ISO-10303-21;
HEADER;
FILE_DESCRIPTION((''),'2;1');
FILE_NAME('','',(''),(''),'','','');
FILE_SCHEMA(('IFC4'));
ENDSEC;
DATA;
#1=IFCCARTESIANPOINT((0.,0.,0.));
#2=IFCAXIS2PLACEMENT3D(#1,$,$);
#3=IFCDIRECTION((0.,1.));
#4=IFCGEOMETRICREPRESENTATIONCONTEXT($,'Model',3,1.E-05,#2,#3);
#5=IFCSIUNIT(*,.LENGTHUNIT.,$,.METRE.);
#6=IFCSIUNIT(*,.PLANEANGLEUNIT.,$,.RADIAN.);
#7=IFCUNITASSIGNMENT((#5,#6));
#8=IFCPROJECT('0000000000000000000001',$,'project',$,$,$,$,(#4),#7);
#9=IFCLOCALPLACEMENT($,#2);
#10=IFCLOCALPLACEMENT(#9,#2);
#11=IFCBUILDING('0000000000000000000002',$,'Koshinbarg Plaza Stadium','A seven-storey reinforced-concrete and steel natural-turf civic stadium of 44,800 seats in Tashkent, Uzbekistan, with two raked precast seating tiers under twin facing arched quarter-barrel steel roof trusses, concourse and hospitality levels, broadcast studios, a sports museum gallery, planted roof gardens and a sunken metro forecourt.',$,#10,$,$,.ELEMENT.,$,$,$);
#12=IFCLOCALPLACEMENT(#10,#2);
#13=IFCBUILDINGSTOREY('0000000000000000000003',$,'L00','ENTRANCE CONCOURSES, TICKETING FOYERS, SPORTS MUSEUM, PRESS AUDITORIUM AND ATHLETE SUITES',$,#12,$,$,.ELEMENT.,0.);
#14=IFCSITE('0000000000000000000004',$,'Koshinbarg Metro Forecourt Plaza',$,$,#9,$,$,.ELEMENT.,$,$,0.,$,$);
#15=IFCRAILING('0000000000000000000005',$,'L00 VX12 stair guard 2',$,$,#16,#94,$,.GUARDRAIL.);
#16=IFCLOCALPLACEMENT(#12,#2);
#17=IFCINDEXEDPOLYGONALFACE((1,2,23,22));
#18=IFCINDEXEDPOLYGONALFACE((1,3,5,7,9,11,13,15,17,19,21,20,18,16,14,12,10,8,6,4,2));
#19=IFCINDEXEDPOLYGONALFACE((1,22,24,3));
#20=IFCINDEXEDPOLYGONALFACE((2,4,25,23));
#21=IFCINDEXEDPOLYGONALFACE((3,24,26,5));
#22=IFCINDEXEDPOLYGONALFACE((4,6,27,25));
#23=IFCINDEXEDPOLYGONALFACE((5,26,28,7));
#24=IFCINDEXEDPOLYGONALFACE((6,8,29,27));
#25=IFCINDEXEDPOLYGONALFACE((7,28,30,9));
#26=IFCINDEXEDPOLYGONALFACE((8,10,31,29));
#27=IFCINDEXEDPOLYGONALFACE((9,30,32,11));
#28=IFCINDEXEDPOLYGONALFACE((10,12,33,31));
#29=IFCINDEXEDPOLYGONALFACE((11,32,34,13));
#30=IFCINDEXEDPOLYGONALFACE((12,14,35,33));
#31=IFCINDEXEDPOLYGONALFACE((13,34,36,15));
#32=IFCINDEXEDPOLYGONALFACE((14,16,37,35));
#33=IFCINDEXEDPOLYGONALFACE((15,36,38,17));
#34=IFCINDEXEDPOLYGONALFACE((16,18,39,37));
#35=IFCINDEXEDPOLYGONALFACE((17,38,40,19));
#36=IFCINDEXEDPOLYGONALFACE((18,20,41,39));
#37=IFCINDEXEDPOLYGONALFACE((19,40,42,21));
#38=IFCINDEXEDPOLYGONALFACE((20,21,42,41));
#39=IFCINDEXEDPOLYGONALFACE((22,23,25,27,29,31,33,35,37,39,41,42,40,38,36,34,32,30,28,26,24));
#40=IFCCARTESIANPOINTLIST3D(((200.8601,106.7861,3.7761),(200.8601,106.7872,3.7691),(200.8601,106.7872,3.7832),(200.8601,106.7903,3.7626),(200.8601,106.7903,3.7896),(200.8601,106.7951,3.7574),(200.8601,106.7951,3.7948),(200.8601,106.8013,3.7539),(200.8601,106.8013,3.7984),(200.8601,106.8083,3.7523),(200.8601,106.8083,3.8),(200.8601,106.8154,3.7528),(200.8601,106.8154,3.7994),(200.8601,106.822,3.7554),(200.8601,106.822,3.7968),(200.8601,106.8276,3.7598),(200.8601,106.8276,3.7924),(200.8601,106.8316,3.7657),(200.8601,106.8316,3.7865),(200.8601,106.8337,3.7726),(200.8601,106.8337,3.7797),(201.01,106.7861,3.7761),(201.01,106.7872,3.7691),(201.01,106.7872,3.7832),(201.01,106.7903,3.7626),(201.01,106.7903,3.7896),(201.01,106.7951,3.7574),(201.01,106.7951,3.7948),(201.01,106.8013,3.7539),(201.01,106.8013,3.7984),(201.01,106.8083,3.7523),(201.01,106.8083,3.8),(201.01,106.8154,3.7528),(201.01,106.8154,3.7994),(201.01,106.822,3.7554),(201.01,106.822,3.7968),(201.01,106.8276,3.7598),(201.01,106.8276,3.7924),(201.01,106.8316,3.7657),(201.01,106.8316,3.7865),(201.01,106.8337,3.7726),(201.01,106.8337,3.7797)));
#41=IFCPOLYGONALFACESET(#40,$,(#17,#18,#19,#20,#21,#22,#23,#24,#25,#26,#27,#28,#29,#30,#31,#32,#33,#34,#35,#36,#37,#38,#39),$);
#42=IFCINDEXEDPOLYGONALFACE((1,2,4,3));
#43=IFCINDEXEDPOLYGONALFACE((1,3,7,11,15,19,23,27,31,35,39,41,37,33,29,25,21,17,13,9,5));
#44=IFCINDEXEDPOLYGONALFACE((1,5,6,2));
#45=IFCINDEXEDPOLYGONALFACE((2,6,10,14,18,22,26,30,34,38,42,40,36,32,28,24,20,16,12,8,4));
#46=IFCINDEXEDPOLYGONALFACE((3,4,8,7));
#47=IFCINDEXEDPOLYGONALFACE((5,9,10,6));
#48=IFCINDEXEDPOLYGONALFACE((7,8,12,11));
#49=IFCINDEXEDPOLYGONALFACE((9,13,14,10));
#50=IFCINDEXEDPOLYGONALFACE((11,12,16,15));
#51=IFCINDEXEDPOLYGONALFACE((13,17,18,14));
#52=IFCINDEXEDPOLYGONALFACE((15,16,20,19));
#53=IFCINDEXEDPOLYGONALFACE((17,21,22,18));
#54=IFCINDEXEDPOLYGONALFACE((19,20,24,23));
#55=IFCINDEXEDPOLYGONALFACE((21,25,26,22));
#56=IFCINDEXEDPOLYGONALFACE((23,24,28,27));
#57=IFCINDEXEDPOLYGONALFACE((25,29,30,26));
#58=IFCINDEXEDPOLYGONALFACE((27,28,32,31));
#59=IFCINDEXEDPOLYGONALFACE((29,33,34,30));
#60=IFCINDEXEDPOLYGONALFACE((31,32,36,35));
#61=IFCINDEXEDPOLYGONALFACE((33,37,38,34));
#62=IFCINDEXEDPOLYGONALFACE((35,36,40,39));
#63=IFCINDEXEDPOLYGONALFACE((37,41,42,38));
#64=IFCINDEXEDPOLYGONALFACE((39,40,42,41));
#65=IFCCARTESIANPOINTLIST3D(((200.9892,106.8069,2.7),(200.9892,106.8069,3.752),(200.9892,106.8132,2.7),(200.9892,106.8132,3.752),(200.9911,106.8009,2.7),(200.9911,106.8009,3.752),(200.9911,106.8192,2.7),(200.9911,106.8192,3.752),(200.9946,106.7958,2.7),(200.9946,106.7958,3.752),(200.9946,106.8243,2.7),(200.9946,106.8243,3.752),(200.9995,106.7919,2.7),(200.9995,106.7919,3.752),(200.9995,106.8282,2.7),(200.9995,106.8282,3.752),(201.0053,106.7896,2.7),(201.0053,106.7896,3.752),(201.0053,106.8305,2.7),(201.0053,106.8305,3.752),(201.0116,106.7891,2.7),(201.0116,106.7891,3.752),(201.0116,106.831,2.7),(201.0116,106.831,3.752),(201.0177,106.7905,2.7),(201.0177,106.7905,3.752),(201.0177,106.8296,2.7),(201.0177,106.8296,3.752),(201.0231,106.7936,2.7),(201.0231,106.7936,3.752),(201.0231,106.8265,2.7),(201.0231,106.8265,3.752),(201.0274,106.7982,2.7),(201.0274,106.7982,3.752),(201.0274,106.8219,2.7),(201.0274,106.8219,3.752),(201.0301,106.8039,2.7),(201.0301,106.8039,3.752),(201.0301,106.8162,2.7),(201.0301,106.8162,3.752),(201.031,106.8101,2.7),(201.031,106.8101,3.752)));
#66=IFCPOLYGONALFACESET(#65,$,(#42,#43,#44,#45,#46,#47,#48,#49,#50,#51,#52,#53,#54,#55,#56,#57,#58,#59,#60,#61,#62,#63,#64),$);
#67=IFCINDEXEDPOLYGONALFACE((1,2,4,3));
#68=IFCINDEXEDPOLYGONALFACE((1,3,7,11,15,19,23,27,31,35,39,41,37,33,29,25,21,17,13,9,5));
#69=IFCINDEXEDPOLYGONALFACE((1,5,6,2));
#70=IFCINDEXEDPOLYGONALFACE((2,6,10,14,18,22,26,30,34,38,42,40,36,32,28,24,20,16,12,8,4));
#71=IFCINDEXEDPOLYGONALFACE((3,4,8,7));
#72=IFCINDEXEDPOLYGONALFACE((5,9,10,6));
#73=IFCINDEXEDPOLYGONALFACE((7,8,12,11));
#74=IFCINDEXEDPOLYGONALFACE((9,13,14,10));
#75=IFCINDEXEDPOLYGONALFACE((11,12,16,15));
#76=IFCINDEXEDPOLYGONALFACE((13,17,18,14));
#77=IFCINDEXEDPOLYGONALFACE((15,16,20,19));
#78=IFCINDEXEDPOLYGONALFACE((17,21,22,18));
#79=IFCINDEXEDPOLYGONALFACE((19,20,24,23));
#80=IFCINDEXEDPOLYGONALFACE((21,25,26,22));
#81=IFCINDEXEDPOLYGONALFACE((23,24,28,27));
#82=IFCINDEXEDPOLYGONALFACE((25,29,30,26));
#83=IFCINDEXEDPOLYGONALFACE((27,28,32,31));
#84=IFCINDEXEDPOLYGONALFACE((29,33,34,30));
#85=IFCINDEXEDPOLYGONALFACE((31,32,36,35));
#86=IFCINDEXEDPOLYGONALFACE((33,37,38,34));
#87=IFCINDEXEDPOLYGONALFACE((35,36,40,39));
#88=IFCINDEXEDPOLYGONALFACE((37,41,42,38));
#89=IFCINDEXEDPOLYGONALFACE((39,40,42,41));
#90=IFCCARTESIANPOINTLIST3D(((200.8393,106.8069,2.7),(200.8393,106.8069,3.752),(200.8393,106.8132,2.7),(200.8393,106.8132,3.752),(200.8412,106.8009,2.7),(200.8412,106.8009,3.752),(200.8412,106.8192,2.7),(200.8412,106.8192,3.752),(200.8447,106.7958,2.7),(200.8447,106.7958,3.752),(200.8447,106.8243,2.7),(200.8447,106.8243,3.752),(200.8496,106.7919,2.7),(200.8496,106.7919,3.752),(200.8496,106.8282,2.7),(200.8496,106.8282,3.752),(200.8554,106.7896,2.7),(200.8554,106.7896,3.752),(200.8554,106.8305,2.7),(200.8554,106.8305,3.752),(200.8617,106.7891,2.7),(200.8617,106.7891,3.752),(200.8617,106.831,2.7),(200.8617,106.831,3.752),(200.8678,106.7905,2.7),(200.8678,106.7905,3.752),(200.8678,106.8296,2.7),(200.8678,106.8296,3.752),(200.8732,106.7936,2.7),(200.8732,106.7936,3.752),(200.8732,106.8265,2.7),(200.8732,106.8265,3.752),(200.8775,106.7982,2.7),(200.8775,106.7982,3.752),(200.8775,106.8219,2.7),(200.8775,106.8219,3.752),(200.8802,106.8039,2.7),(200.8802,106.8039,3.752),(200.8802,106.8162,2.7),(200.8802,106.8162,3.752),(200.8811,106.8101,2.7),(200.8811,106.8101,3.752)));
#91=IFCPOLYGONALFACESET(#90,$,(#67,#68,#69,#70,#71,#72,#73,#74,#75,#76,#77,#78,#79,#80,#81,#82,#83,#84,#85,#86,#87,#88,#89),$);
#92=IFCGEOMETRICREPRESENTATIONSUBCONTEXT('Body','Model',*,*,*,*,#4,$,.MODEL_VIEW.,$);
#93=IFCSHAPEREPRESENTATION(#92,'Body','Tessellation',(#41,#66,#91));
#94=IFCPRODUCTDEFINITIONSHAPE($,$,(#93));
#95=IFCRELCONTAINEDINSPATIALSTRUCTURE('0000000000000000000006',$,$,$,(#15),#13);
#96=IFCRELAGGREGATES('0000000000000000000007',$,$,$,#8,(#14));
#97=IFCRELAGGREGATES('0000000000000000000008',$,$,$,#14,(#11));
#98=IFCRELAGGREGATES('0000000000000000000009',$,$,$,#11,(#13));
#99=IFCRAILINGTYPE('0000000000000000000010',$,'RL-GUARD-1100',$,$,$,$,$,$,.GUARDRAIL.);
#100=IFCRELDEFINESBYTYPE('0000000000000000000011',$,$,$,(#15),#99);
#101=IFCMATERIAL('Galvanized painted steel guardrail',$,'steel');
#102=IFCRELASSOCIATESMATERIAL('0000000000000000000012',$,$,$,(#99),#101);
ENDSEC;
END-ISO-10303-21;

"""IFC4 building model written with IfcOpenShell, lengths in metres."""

from ifc_helpers import new_model, si_unit, direction, frame, origin, origin_2d, place, context, subcontext, project, spatial, circle, extrude, material, type_object, element, save


model = new_model("IFC4")

# Units and contexts
model_context = context("Model", 3, precision=1e-05, world=origin(), true_north=direction((0.0, 1.0)))
body_context = subcontext(model_context, "Body", "Model", "MODEL_VIEW")
ifc_project = project(units=[si_unit("LENGTHUNIT", "METRE"), si_unit("PLANEANGLEUNIT", "RADIAN")], contexts=[model_context])

# Site, building, storey
site_placement = place(None, origin())
site = spatial("IfcSite", under=ifc_project, at=site_placement, Name="Koshinbarg Metro Forecourt Plaza", CompositionType="ELEMENT", RefElevation=0.0)
building_placement = place(site_placement, origin())
building = spatial("IfcBuilding", under=site, at=building_placement, Name="Koshinbarg Plaza Stadium", Description="A seven-storey reinforced-concrete and steel natural-turf civic stadium of 44,800 seats in Tashkent, Uzbekistan, with two raked precast seating tiers under twin facing arched quarter-barrel steel roof trusses, concourse and hospitality levels, broadcast studios, a sports museum gallery, planted roof gardens and a sunken metro forecourt.", CompositionType="ELEMENT")
storey_placement = place(building_placement, origin())
storey = spatial("IfcBuildingStorey", under=building, at=storey_placement, Name="L00", Description="ENTRANCE CONCOURSES, TICKETING FOYERS, SPORTS MUSEUM, PRESS AUDITORIUM AND ATHLETE SUITES", CompositionType="ELEMENT", Elevation=0.0)

# Railing
ifc_material_1 = material(Name="Galvanized painted steel guardrail", Category="steel")
railing_type_1 = type_object("IfcRailingType", Name="RL-GUARD-1100", PredefinedType="GUARDRAIL", material=ifc_material_1)
railing_1_placement = place(storey_placement, frame((201.01, 106.8101, 2.7)))
element("IfcRailing", 1, at=railing_1_placement, inside=storey, type_object=railing_type_1, Name="L00 VX12 stair guard 2", PredefinedType="GUARDRAIL", context=body_context, shape_type="SweptSolid", body=[
    extrude(circle(Radius=0.0239, at=origin_2d()), frame((0.0, 0.0, 1.0762), z_axis=(-1.0, 0.0, 0.0), x_axis=(0.0, -1.0, 0.0)), (0.0, 0.0, 1.0), 0.1499),
    extrude(circle(Radius=0.021, at=origin_2d()), origin(), (0.0, 0.0, 1.0), 1.052),
    extrude(circle(Radius=0.021, at=origin_2d()), frame((-0.1499, 0.0, 0.0)), (0.0, 0.0, 1.0), 1.052),
])

save(model, "model.ifc")
